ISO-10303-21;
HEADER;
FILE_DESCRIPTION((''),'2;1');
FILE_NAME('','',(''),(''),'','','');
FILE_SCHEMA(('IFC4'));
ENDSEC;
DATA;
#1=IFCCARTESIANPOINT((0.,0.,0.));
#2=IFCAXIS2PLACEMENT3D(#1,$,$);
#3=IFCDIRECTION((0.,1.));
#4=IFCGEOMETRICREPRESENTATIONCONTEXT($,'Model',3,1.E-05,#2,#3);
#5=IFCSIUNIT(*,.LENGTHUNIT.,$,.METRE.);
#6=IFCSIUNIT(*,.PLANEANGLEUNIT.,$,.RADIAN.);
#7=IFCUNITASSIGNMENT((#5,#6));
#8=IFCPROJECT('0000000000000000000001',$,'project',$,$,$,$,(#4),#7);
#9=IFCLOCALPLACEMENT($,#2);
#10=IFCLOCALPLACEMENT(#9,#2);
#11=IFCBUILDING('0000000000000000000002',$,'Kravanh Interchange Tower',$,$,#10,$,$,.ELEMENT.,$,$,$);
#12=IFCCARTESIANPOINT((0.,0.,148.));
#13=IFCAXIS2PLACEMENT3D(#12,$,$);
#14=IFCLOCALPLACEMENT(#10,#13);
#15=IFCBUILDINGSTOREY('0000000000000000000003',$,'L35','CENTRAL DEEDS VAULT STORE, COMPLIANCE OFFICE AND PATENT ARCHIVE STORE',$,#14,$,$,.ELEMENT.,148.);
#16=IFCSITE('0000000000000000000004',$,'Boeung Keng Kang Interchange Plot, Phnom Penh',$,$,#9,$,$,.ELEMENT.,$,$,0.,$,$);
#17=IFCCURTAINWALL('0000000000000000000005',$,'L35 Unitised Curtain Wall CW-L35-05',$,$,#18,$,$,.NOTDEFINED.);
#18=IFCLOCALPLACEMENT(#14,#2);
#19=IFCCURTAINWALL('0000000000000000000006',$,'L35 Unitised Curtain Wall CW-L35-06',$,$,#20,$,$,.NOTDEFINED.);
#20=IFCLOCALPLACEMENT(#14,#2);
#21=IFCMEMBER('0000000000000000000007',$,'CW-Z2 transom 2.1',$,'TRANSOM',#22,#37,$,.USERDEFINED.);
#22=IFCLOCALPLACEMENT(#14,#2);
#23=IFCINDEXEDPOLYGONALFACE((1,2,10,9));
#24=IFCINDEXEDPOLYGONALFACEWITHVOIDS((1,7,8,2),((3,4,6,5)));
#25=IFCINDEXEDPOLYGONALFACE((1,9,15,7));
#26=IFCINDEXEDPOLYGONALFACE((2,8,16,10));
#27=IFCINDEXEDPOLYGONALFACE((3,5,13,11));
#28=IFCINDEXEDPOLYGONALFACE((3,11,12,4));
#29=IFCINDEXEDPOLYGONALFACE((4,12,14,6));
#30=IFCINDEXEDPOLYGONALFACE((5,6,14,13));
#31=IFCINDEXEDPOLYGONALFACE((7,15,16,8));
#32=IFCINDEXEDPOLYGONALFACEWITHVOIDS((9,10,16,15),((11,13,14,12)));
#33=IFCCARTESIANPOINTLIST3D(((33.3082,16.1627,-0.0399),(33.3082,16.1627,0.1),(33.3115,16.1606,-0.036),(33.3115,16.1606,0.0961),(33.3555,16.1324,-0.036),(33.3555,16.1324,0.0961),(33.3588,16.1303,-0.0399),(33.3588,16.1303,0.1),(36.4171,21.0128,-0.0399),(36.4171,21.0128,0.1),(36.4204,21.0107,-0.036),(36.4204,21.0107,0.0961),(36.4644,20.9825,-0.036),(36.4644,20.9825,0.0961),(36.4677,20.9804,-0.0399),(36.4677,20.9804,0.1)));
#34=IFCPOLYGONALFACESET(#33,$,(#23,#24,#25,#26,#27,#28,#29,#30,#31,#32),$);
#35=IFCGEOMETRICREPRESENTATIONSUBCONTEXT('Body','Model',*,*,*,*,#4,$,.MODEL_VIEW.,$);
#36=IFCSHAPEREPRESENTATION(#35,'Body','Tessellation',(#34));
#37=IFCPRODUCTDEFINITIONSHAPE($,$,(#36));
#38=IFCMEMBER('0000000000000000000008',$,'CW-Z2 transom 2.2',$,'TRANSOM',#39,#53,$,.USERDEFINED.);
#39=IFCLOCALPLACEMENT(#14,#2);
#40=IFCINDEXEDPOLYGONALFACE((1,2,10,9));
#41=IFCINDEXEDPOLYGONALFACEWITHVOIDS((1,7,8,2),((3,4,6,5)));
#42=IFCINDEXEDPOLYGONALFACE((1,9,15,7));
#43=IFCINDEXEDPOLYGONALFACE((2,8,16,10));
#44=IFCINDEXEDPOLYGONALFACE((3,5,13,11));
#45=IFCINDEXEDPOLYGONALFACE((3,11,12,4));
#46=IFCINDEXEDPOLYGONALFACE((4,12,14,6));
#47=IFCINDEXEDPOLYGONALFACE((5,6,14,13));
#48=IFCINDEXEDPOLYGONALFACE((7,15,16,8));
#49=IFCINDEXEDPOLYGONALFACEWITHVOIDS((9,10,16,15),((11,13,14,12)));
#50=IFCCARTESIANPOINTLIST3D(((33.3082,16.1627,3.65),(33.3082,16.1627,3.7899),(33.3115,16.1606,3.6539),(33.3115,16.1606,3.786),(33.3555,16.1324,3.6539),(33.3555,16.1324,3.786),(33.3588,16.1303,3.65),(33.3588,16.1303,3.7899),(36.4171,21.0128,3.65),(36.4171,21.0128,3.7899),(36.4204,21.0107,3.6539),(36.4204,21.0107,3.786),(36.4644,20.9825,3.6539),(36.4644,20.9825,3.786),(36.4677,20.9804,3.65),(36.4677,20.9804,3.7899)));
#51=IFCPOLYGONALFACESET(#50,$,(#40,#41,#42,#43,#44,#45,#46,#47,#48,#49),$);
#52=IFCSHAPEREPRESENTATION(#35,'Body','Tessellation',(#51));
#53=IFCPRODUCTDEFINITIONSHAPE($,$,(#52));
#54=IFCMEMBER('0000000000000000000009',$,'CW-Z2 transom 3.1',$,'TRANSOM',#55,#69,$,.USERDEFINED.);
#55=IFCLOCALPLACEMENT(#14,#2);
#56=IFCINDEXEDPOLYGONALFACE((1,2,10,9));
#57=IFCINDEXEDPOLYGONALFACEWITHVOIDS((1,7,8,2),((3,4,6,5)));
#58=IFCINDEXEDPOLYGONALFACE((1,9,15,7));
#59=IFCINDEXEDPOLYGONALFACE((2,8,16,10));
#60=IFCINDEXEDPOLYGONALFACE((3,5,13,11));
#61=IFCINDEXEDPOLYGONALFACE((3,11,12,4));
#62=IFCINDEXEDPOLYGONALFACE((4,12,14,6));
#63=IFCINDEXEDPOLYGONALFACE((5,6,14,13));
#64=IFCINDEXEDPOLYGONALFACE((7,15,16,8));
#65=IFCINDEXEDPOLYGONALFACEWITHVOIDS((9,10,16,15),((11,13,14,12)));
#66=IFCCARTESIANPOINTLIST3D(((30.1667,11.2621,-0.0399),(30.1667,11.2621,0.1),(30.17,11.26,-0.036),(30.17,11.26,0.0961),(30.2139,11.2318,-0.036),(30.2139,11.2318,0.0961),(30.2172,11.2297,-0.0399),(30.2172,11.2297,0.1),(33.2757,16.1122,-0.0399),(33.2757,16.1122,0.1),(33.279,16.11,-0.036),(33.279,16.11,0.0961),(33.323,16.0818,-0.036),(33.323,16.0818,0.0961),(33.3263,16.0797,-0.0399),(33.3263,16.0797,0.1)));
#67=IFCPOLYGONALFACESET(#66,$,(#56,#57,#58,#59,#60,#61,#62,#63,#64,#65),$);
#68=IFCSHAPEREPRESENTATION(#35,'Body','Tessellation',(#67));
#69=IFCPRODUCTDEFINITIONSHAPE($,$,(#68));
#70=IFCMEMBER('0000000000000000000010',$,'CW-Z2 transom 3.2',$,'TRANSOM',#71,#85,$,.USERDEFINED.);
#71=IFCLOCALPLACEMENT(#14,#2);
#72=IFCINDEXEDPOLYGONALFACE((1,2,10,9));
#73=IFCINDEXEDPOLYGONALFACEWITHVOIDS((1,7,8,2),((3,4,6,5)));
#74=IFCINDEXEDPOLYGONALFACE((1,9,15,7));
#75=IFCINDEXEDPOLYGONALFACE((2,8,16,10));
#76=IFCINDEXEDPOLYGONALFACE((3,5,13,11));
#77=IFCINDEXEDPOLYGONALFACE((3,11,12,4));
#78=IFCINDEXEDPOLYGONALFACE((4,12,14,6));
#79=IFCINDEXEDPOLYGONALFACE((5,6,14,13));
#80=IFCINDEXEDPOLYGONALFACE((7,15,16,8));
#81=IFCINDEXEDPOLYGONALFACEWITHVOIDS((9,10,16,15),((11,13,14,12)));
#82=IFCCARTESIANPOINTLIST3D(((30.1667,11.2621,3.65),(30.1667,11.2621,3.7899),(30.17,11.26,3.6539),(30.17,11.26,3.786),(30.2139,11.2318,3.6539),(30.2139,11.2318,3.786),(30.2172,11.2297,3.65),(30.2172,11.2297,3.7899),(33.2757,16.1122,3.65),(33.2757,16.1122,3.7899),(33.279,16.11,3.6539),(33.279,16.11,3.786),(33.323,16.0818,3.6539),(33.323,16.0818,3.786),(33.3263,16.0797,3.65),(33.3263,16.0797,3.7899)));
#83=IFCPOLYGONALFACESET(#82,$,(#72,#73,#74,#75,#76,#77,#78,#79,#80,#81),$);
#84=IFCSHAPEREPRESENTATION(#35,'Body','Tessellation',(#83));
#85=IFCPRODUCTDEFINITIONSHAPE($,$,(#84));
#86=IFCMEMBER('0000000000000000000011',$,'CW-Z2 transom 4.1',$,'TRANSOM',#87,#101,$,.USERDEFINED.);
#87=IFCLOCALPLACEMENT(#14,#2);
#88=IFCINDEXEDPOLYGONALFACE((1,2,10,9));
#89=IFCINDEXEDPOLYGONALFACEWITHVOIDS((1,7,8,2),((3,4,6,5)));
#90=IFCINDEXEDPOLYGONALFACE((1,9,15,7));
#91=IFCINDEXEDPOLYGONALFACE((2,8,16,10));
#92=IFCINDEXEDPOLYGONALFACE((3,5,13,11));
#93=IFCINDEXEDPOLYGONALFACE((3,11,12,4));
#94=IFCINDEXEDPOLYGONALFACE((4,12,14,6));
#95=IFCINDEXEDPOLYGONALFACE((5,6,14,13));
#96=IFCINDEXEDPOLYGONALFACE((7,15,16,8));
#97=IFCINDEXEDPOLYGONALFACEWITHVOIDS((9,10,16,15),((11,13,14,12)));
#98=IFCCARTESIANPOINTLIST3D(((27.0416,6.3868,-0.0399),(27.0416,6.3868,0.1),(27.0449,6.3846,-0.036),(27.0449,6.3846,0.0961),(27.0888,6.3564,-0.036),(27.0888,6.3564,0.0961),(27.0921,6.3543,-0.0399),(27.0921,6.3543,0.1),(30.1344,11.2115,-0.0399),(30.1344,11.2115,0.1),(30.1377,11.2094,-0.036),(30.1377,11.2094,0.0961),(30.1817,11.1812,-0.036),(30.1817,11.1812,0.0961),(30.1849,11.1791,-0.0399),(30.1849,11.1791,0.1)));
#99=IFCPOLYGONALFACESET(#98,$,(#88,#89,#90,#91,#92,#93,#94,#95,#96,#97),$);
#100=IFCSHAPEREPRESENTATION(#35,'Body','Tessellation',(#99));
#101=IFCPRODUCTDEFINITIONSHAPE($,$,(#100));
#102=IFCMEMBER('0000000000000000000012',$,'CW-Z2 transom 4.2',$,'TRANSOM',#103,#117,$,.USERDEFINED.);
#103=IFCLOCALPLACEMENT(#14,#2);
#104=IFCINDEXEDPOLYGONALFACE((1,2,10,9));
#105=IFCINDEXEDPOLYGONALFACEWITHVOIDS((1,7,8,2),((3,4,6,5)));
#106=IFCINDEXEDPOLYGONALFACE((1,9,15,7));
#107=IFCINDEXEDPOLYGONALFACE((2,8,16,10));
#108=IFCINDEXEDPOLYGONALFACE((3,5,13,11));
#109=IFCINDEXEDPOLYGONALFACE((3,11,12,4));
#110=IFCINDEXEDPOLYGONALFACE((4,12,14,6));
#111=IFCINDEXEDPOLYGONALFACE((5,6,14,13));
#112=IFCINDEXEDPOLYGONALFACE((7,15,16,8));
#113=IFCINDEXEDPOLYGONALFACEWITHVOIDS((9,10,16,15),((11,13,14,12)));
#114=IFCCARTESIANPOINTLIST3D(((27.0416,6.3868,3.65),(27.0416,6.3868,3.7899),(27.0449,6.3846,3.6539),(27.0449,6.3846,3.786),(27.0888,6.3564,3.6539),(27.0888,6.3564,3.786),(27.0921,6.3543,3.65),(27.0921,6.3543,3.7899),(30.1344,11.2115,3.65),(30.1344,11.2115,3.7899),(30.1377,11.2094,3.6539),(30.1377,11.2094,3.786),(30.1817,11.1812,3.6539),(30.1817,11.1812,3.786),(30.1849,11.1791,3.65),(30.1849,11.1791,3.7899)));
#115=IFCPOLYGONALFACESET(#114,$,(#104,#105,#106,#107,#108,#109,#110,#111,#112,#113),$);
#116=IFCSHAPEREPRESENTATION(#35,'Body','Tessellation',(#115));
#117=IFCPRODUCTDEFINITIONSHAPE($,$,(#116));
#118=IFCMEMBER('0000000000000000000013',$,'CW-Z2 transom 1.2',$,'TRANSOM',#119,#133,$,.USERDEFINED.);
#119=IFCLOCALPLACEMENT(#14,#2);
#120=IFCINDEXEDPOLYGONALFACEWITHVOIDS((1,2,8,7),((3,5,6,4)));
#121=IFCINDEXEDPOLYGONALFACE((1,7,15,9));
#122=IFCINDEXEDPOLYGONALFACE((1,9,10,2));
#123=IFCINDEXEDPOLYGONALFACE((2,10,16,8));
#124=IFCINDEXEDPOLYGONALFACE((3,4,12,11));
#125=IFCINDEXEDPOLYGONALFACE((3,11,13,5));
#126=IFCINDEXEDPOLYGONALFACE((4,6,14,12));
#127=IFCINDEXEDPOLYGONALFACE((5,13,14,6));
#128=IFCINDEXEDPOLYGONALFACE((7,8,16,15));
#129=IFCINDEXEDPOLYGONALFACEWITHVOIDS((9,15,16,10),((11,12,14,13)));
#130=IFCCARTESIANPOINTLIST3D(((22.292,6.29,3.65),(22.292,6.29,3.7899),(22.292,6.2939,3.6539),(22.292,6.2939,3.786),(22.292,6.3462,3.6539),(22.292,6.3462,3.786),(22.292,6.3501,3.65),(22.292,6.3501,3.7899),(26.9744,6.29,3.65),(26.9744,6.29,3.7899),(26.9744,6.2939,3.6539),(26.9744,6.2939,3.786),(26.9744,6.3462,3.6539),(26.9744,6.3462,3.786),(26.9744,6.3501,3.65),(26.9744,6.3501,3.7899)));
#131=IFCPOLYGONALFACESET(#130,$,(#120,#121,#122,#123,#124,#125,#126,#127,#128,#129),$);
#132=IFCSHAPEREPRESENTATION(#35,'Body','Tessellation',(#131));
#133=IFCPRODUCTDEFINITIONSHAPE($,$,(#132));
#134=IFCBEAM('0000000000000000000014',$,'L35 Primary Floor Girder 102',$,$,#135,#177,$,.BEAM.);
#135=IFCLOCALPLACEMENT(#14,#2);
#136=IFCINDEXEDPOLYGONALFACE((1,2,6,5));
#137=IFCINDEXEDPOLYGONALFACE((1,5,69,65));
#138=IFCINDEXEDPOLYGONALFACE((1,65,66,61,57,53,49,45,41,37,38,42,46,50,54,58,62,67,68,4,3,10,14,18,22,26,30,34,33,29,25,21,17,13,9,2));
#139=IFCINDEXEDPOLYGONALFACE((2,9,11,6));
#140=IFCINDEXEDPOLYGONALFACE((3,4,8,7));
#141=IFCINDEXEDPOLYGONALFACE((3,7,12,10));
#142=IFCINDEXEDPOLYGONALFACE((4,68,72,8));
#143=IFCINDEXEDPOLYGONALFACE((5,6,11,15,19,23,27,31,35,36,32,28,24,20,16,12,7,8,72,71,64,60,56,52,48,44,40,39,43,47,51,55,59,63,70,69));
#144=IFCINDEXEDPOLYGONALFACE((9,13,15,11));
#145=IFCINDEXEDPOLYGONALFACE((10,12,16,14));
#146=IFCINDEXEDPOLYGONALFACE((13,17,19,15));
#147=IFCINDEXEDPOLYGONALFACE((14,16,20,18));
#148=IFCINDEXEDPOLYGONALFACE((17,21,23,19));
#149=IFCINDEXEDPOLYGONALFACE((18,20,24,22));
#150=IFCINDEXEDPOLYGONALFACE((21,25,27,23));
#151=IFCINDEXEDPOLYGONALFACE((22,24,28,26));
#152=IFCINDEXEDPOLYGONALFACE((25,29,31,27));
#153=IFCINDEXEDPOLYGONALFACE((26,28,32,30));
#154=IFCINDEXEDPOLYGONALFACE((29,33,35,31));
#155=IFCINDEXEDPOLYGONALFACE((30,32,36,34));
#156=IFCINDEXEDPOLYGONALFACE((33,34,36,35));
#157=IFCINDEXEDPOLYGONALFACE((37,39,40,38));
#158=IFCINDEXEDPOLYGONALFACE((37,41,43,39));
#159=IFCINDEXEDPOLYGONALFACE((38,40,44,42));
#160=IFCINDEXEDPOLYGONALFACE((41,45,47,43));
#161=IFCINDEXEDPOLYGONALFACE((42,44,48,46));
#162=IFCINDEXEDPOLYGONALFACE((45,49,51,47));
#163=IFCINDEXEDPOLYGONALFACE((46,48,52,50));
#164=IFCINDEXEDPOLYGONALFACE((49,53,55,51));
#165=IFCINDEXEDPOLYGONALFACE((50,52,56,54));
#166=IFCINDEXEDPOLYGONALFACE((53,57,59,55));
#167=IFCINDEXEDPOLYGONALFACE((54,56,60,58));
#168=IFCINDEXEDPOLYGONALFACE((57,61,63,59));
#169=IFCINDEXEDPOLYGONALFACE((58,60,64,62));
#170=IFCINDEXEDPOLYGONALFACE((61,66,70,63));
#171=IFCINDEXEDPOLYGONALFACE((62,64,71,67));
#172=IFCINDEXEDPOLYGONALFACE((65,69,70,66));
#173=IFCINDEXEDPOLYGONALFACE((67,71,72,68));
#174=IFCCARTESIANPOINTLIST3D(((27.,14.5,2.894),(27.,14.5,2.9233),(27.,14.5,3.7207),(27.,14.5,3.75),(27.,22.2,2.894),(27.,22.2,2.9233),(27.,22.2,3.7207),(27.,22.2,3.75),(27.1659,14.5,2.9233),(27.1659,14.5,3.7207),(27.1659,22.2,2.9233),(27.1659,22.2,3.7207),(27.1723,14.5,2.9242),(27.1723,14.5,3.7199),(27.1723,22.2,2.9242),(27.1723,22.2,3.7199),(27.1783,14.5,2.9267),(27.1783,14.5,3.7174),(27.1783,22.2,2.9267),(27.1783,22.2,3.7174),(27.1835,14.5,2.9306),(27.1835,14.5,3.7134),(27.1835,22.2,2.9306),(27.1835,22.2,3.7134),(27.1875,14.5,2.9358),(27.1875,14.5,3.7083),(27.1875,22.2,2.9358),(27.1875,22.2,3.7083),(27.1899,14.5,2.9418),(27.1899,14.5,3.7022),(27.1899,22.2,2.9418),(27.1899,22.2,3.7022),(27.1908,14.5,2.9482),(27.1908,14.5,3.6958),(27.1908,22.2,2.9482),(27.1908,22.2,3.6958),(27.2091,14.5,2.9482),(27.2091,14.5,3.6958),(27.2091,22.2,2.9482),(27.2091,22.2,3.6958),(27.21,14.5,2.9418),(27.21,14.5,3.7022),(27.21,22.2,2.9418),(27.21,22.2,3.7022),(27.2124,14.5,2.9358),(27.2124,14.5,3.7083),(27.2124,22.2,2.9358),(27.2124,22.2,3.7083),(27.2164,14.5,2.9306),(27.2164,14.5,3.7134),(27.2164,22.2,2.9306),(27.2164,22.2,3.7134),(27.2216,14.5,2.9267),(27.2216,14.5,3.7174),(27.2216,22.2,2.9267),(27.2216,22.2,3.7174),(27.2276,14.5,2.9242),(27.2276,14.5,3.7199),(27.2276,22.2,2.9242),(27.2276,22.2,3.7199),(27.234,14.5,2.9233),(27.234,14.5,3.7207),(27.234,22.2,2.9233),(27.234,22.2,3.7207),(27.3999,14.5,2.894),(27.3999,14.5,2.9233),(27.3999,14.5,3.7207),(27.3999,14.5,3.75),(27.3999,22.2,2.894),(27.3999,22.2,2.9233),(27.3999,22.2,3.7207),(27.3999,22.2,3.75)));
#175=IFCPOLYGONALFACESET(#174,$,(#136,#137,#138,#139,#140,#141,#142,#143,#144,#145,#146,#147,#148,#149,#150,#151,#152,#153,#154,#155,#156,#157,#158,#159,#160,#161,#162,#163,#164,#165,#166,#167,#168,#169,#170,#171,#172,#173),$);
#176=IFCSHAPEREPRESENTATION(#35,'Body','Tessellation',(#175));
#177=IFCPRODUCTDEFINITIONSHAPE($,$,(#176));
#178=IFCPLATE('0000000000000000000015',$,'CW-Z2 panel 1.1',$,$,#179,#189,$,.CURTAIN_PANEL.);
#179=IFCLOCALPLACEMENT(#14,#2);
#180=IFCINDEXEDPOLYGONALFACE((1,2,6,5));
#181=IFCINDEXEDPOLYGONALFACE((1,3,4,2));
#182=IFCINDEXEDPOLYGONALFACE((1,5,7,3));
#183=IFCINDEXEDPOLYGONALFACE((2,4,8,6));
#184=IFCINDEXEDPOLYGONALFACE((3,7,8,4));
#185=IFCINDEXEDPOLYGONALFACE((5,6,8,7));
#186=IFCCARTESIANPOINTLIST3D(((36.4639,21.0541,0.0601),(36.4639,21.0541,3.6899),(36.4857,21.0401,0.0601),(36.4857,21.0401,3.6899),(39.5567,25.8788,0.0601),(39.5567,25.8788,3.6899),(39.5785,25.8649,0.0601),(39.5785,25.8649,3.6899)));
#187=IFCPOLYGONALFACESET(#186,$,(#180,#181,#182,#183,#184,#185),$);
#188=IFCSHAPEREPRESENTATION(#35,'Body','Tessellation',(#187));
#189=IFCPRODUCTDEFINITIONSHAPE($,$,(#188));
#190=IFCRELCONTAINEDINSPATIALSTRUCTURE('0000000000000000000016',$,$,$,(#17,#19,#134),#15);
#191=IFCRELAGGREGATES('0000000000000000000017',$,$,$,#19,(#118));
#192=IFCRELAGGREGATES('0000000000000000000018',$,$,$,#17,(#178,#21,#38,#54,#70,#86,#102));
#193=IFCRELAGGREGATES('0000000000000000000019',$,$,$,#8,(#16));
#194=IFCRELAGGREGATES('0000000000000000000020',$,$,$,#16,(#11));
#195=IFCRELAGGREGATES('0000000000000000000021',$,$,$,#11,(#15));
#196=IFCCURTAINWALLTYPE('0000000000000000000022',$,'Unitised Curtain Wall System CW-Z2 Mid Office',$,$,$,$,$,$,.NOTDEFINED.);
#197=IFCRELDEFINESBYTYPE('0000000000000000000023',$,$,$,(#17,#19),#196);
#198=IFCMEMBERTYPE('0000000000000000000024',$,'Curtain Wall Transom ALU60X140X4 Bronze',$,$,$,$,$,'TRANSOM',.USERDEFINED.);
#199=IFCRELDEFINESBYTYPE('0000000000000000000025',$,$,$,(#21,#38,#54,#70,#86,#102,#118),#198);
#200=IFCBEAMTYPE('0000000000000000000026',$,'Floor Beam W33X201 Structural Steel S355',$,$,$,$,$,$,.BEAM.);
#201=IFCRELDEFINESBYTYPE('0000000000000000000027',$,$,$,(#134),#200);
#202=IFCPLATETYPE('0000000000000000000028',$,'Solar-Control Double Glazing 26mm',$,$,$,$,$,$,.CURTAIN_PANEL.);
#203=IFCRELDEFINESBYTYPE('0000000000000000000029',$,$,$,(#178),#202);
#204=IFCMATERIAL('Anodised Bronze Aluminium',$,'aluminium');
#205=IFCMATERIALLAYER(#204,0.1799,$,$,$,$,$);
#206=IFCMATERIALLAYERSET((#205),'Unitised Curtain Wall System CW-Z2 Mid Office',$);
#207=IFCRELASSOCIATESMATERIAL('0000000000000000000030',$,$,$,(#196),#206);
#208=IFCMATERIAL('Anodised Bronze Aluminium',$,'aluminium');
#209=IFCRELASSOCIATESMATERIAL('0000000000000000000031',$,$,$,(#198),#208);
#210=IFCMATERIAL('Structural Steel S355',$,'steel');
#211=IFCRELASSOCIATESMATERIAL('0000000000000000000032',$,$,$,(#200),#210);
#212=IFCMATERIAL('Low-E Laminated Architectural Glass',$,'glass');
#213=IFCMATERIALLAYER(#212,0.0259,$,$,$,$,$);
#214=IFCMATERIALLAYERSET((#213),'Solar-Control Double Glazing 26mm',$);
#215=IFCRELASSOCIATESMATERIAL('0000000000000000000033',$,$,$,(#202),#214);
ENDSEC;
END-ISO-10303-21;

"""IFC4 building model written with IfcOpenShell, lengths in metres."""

from ifc_helpers import new_model, si_unit, direction, frame, origin, origin_2d, place, context, subcontext, project, spatial, rectangle, hollow_rectangle, i_section, extrude, material, layer, layer_set, material_profile, profile_set, type_object, element, aggregate, save


model = new_model("IFC4")

# Units and contexts
model_context = context("Model", 3, precision=1e-05, world=origin(), true_north=direction((0.0, 1.0)))
body_context = subcontext(model_context, "Body", "Model", "MODEL_VIEW")
ifc_project = project(units=[si_unit("LENGTHUNIT", "METRE"), si_unit("PLANEANGLEUNIT", "RADIAN")], contexts=[model_context])

# Site, building, storey
site_placement = place(None, origin())
site = spatial("IfcSite", under=ifc_project, at=site_placement, Name="Boeung Keng Kang Interchange Plot, Phnom Penh", CompositionType="ELEMENT", RefElevation=0.0)
building_placement = place(site_placement, origin())
building = spatial("IfcBuilding", under=site, at=building_placement, Name="Kravanh Interchange Tower", CompositionType="ELEMENT")
storey_placement = place(building_placement, frame((0.0, 0.0, 148.0)))
storey = spatial("IfcBuildingStorey", under=building, at=storey_placement, Name="L35", Description="CENTRAL DEEDS VAULT STORE, COMPLIANCE OFFICE AND PATENT ARCHIVE STORE", CompositionType="ELEMENT", Elevation=148.0)

# Curtain wall
ifc_material_1 = material(Name="Anodised Bronze Aluminium", Category="aluminium")
ifc_layer_1 = layer(ifc_material_1, 0.1799)
ifc_layer_set_1 = layer_set([ifc_layer_1], Name="Unitised Curtain Wall System CW-Z2 Mid Office")
curtain_wall_type = type_object("IfcCurtainWallType", Name="Unitised Curtain Wall System CW-Z2 Mid Office", PredefinedType="NOTDEFINED", material=ifc_layer_set_1)
curtain_wall_1_placement = place(storey_placement, origin())
curtain_wall_1 = element("IfcCurtainWall", 1, at=curtain_wall_1_placement, inside=storey, type_object=curtain_wall_type, Name="L35 Unitised Curtain Wall CW-L35-05", PredefinedType="NOTDEFINED")

# Curtain wall
curtain_wall_2_placement = place(storey_placement, origin())
curtain_wall_2 = element("IfcCurtainWall", 2, at=curtain_wall_2_placement, inside=storey, type_object=curtain_wall_type, Name="L35 Unitised Curtain Wall CW-L35-06", PredefinedType="NOTDEFINED")

# Members
ifc_material_2 = material(Name="Anodised Bronze Aluminium", Category="aluminium")
ifc_material_profile_1 = material_profile(ifc_material_2, hollow_rectangle(XDim=0.0601, YDim=0.1399, WallThickness=0.0039, at=origin_2d()), Name="ALU60X140X4")
ifc_profile_set_1 = profile_set([ifc_material_profile_1], Name="Anodised Bronze Aluminium")
member_type_1 = type_object("IfcMemberType", Name="Curtain Wall Transom ALU60X140X4 Bronze", ElementType="TRANSOM", PredefinedType="USERDEFINED", material=ifc_profile_set_1)
member_1_placement = place(storey_placement, frame((36.4424, 20.9966, 0.03), z_axis=(-0.539648, -0.841891, 0.0), x_axis=(0.841891, -0.539648, 0.0)))
member_1 = element("IfcMember", 3, at=member_1_placement, type_object=member_type_1, Name="CW-Z2 transom 2.1", ObjectType="TRANSOM", PredefinedType="USERDEFINED", context=body_context, shape_type="SweptSolid", body=[
    extrude(hollow_rectangle(XDim=0.0601, YDim=0.1399, WallThickness=0.0039, at=origin_2d()), origin(), (0.0, 0.0, 1.0), 5.761),
])
member_2_placement = place(storey_placement, frame((36.4424, 20.9966, 3.72), z_axis=(-0.539648, -0.841891, 0.0), x_axis=(0.841891, -0.539648, 0.0)))
member_2 = element("IfcMember", 4, at=member_2_placement, type_object=member_type_1, Name="CW-Z2 transom 2.2", ObjectType="TRANSOM", PredefinedType="USERDEFINED", context=body_context, shape_type="SweptSolid", body=[
    extrude(hollow_rectangle(XDim=0.0601, YDim=0.1399, WallThickness=0.0039, at=origin_2d()), origin(), (0.0, 0.0, 1.0), 5.761),
])
member_3_placement = place(storey_placement, frame((33.301, 16.0959, 0.03), z_axis=(-0.539678, -0.841872, 0.0), x_axis=(0.841872, -0.539678, 0.0)))
member_3 = element("IfcMember", 5, at=member_3_placement, type_object=member_type_1, Name="CW-Z2 transom 3.1", ObjectType="TRANSOM", PredefinedType="USERDEFINED", context=body_context, shape_type="SweptSolid", body=[
    extrude(hollow_rectangle(XDim=0.0601, YDim=0.1399, WallThickness=0.0039, at=origin_2d()), origin(), (0.0, 0.0, 1.0), 5.761),
])
member_4_placement = place(storey_placement, frame((33.301, 16.0959, 3.72), z_axis=(-0.539678, -0.841872, 0.0), x_axis=(0.841872, -0.539678, 0.0)))
member_4 = element("IfcMember", 6, at=member_4_placement, type_object=member_type_1, Name="CW-Z2 transom 3.2", ObjectType="TRANSOM", PredefinedType="USERDEFINED", context=body_context, shape_type="SweptSolid", body=[
    extrude(hollow_rectangle(XDim=0.0601, YDim=0.1399, WallThickness=0.0039, at=origin_2d()), origin(), (0.0, 0.0, 1.0), 5.761),
])
member_5_placement = place(storey_placement, frame((30.1597, 11.1953, 0.03), z_axis=(-0.539668, -0.841878, 0.0), x_axis=(0.841878, -0.539668, 0.0)))
member_5 = element("IfcMember", 7, at=member_5_placement, type_object=member_type_1, Name="CW-Z2 transom 4.1", ObjectType="TRANSOM", PredefinedType="USERDEFINED", context=body_context, shape_type="SweptSolid", body=[
    extrude(hollow_rectangle(XDim=0.0601, YDim=0.1399, WallThickness=0.0039, at=origin_2d()), origin(), (0.0, 0.0, 1.0), 5.731),
])
member_6_placement = place(storey_placement, frame((30.1597, 11.1953, 3.72), z_axis=(-0.539668, -0.841878, 0.0), x_axis=(0.841878, -0.539668, 0.0)))
member_6 = element("IfcMember", 8, at=member_6_placement, type_object=member_type_1, Name="CW-Z2 transom 4.2", ObjectType="TRANSOM", PredefinedType="USERDEFINED", context=body_context, shape_type="SweptSolid", body=[
    extrude(hollow_rectangle(XDim=0.0601, YDim=0.1399, WallThickness=0.0039, at=origin_2d()), origin(), (0.0, 0.0, 1.0), 5.731),
])
member_7_placement = place(storey_placement, frame((26.9744, 6.3201, 3.72), z_axis=(-1.0, 0.0, 0.0), x_axis=(0.0, -1.0, 0.0)))
member_7 = element("IfcMember", 9, at=member_7_placement, type_object=member_type_1, Name="CW-Z2 transom 1.2", ObjectType="TRANSOM", PredefinedType="USERDEFINED", context=body_context, shape_type="SweptSolid", body=[
    extrude(hollow_rectangle(XDim=0.0601, YDim=0.1399, WallThickness=0.0039, at=origin_2d()), origin(), (0.0, 0.0, 1.0), 4.6824),
])
aggregate(curtain_wall_2, [member_7])

# Beam
ifc_material_3 = material(Name="Structural Steel S355", Category="steel")
ifc_material_profile_2 = material_profile(ifc_material_3, i_section(OverallWidth=0.3999, OverallDepth=0.856, WebThickness=0.0183, FlangeThickness=0.0293, FilletRadius=0.0249, at=origin_2d()), Name="W33X201")
ifc_profile_set_2 = profile_set([ifc_material_profile_2], Name="Structural Steel S355")
beam_type = type_object("IfcBeamType", Name="Floor Beam W33X201 Structural Steel S355", PredefinedType="BEAM", material=ifc_profile_set_2)
beam_placement = place(storey_placement, frame((27.2, 14.5, 3.322), z_axis=(0.0, 1.0, 0.0), x_axis=(-1.0, 0.0, 0.0)))
element("IfcBeam", 10, at=beam_placement, inside=storey, type_object=beam_type, Name="L35 Primary Floor Girder 102", PredefinedType="BEAM", context=body_context, shape_type="SweptSolid", body=[
    extrude(i_section(OverallWidth=0.3999, OverallDepth=0.856, WebThickness=0.0183, FlangeThickness=0.0293, FilletRadius=0.0249, at=origin_2d()), origin(), (0.0, 0.0, 1.0), 7.7),
])

# Plate
ifc_material_4 = material(Name="Low-E Laminated Architectural Glass", Category="glass")
ifc_layer_2 = layer(ifc_material_4, 0.0259)
ifc_layer_set_2 = layer_set([ifc_layer_2], Name="Solar-Control Double Glazing 26mm")
plate_type = type_object("IfcPlateType", Name="Solar-Control Double Glazing 26mm", PredefinedType="CURTAIN_PANEL", material=ifc_layer_set_2)
plate_1_placement = place(storey_placement, frame((38.0212, 23.4595, 0.0601), z_axis=(0.0, 0.0, 1.0), x_axis=(-0.539665, -0.84188, 0.0)))
plate_1 = element("IfcPlate", 11, at=plate_1_placement, type_object=plate_type, Name="CW-Z2 panel 1.1", PredefinedType="CURTAIN_PANEL", context=body_context, shape_type="SweptSolid", body=[
    extrude(rectangle(XDim=5.731, YDim=0.0259, at=origin_2d()), origin(), (0.0, 0.0, 1.0), 3.6299),
])
aggregate(curtain_wall_1, [plate_1, member_1, member_2, member_3, member_4, member_5, member_6])

save(model, "model.ifc")
